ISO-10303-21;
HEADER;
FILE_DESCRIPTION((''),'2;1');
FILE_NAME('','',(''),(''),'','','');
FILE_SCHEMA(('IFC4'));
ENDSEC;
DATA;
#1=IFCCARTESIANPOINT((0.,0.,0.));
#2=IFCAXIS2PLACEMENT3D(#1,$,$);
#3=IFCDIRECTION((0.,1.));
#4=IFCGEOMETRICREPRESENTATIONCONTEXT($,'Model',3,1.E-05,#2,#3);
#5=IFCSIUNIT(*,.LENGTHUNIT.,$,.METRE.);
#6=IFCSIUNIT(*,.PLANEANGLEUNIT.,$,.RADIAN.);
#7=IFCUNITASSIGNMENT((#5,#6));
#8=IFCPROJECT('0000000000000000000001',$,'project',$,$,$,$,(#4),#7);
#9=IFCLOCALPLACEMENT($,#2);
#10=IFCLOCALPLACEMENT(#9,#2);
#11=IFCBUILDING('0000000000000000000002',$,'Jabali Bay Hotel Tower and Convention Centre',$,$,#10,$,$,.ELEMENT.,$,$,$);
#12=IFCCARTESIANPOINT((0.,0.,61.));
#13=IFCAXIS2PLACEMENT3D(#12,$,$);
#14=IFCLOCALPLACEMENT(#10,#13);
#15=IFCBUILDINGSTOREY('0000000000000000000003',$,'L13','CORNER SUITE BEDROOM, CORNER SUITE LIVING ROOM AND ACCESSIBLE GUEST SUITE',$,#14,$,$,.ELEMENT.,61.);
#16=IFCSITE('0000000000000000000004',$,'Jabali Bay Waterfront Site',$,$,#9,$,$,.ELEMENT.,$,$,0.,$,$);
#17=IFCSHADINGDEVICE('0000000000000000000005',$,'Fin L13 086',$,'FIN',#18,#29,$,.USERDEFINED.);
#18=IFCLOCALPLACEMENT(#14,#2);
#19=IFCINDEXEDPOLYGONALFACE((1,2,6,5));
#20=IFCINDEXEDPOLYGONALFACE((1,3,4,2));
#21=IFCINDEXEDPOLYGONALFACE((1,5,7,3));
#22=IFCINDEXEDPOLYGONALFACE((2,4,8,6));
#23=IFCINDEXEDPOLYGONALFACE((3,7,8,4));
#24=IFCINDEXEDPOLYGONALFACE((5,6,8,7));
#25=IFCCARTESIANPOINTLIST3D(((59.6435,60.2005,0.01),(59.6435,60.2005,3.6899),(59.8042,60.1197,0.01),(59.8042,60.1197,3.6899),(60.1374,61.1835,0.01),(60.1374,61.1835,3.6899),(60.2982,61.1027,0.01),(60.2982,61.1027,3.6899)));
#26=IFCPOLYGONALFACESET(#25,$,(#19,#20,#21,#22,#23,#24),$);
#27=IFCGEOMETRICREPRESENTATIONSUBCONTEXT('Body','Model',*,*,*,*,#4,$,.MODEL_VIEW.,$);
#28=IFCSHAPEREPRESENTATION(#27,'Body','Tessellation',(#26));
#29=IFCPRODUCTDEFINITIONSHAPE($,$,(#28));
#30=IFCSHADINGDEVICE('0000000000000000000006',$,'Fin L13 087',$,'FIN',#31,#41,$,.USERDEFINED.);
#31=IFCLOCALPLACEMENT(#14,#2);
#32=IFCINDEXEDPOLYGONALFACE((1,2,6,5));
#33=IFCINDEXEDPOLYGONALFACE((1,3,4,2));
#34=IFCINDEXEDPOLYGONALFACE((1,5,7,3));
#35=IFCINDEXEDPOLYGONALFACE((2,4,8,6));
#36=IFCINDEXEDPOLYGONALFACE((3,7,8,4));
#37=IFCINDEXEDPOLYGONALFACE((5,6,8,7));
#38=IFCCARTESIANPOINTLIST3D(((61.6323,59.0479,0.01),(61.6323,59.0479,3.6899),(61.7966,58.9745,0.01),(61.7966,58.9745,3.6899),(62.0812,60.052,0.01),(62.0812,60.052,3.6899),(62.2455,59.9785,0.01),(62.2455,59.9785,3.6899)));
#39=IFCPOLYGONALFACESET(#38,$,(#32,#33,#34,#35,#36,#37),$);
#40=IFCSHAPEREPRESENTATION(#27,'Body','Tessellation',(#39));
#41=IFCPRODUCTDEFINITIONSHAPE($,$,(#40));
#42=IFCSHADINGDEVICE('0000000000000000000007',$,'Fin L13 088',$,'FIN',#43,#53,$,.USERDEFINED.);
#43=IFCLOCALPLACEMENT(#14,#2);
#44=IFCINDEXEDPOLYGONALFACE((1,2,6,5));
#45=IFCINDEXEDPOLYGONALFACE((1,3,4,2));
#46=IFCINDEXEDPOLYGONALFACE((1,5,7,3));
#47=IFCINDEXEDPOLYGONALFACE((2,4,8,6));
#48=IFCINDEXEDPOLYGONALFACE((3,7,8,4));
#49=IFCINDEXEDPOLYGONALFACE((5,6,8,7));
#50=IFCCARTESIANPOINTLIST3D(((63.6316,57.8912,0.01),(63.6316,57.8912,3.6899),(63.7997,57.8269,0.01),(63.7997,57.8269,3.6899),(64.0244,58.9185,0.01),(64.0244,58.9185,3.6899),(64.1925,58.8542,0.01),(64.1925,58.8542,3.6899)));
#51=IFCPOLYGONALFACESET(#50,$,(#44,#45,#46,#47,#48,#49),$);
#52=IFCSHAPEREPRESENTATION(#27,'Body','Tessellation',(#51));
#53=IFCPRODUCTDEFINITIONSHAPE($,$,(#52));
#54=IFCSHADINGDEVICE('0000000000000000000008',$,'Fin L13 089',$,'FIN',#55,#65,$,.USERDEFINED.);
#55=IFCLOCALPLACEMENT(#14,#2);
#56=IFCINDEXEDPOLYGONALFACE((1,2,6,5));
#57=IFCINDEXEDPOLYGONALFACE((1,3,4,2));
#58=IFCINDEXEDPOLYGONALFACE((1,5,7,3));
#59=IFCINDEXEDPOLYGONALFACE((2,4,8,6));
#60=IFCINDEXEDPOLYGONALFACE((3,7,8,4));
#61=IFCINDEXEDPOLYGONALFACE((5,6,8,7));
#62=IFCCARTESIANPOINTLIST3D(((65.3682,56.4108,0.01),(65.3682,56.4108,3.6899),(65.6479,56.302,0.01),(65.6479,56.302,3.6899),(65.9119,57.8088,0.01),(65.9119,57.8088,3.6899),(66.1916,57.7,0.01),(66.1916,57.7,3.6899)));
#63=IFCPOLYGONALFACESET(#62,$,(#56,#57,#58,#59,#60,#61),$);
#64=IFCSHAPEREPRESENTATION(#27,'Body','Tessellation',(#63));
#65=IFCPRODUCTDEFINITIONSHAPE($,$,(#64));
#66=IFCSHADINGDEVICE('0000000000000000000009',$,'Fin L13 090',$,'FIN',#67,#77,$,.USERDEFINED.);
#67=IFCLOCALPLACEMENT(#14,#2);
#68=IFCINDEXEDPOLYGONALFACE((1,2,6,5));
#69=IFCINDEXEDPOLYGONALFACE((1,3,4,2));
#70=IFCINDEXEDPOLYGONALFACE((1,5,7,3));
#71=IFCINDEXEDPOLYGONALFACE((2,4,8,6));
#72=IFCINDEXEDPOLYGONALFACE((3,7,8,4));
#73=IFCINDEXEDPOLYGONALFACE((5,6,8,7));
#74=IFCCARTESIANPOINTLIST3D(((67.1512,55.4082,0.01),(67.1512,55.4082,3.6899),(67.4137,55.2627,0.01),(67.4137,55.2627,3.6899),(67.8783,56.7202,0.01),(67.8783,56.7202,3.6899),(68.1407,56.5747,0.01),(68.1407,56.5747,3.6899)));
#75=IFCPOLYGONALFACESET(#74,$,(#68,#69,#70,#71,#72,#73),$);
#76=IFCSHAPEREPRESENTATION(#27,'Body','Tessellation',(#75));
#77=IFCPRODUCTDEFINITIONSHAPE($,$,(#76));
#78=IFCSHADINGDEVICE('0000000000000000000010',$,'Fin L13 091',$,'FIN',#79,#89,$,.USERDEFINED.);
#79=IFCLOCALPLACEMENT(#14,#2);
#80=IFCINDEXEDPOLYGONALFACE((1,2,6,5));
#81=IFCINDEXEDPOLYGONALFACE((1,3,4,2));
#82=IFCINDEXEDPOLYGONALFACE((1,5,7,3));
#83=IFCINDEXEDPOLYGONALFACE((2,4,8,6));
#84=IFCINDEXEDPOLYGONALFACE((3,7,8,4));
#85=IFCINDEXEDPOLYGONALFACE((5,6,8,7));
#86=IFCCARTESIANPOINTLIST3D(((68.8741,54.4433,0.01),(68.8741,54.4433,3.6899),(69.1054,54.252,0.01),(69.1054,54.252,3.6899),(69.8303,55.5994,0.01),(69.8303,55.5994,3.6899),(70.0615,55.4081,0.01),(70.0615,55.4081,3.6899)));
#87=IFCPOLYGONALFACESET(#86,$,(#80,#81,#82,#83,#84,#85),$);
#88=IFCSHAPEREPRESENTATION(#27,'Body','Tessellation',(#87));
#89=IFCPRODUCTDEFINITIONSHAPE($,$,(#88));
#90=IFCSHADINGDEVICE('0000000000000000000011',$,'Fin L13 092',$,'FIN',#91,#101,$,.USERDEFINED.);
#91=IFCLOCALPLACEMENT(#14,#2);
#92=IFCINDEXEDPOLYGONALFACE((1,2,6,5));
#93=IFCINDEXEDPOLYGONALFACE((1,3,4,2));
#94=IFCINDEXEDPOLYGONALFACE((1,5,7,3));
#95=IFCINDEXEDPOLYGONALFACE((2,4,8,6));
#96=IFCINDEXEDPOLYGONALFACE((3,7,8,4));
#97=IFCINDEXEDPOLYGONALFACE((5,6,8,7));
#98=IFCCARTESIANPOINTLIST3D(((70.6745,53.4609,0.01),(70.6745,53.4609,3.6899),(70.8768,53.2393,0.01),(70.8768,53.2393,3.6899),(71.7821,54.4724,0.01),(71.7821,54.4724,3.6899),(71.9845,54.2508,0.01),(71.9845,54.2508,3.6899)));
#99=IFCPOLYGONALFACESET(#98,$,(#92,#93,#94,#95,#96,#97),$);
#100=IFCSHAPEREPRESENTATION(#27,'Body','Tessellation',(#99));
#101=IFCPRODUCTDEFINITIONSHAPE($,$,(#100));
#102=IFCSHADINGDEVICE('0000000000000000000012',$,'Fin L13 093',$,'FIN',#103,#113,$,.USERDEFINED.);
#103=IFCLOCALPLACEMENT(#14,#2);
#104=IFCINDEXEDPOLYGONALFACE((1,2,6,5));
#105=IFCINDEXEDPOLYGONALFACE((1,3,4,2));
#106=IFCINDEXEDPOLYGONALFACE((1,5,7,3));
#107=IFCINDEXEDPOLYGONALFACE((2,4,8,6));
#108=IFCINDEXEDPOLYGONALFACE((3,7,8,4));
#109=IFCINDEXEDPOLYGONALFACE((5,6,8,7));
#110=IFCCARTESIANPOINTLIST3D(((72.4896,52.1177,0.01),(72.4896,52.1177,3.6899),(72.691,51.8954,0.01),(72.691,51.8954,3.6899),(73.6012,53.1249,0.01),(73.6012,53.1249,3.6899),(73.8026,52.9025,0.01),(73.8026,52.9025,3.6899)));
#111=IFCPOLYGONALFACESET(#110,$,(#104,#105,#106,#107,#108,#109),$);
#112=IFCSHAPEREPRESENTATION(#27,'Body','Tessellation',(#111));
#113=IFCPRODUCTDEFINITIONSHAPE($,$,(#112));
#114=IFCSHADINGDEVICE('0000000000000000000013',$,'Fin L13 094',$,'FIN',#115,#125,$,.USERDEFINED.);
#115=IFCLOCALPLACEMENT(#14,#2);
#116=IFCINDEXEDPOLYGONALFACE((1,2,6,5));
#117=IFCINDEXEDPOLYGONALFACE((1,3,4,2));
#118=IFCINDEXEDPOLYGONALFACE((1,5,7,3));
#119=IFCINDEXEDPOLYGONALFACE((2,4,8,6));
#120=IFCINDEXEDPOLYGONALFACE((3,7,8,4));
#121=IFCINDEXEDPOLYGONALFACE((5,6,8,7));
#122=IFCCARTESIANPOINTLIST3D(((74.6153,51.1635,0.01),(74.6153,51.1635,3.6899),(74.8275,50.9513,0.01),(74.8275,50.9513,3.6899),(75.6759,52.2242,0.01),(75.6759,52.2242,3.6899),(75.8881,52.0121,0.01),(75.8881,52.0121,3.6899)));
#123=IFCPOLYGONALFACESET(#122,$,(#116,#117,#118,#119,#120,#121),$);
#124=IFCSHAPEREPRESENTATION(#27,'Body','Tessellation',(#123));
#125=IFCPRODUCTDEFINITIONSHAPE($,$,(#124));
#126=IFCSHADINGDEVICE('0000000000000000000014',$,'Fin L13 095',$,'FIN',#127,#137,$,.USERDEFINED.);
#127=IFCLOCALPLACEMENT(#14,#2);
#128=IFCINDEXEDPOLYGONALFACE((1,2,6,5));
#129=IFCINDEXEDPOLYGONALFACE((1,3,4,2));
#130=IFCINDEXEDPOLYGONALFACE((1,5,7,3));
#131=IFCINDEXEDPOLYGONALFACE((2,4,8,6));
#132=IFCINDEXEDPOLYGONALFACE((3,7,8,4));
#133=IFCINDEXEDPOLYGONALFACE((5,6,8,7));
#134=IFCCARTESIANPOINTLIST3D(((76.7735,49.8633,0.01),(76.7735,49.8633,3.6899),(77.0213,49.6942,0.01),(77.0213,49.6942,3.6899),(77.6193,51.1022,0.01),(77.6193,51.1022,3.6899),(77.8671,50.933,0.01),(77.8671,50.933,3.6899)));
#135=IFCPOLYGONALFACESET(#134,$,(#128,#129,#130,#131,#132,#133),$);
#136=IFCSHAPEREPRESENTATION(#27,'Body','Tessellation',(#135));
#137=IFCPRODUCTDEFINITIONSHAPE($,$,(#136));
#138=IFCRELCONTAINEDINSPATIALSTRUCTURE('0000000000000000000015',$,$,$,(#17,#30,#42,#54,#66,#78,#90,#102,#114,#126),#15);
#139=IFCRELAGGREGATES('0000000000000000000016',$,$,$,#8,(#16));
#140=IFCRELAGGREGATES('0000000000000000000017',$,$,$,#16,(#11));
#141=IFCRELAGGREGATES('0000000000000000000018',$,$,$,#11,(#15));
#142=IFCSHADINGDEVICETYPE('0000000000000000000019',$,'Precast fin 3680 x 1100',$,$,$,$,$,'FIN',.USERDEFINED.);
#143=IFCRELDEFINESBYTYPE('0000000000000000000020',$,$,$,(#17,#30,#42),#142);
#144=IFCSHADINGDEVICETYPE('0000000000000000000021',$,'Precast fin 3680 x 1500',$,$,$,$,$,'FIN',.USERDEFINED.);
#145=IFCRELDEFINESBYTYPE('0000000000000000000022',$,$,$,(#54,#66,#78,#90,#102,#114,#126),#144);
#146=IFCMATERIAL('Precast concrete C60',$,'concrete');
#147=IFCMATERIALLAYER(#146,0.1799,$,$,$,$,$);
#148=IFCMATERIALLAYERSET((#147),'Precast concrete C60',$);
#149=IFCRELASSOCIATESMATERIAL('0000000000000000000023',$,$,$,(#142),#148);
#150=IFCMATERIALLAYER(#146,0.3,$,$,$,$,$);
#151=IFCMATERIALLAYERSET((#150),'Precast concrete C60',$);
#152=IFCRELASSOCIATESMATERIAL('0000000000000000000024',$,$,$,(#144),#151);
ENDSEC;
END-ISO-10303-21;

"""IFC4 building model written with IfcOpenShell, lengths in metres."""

from ifc_helpers import new_model, si_unit, direction, frame, frame_2d, origin, place, context, subcontext, project, spatial, rectangle, extrude, material, layer, layer_set, type_object, element, save


model = new_model("IFC4")

# Units and contexts
model_context = context("Model", 3, precision=1e-05, world=origin(), true_north=direction((0.0, 1.0)))
body_context = subcontext(model_context, "Body", "Model", "MODEL_VIEW")
ifc_project = project(units=[si_unit("LENGTHUNIT", "METRE"), si_unit("PLANEANGLEUNIT", "RADIAN")], contexts=[model_context])

# Site, building, storey
site_placement = place(None, origin())
site = spatial("IfcSite", under=ifc_project, at=site_placement, Name="Jabali Bay Waterfront Site", CompositionType="ELEMENT", RefElevation=0.0)
building_placement = place(site_placement, origin())
building = spatial("IfcBuilding", under=site, at=building_placement, Name="Jabali Bay Hotel Tower and Convention Centre", CompositionType="ELEMENT")
storey_placement = place(building_placement, frame((0.0, 0.0, 61.0)))
storey = spatial("IfcBuildingStorey", under=building, at=storey_placement, Name="L13", Description="CORNER SUITE BEDROOM, CORNER SUITE LIVING ROOM AND ACCESSIBLE GUEST SUITE", CompositionType="ELEMENT", Elevation=61.0)

# Shading devices
ifc_material_1 = material(Name="Precast concrete C60", Category="concrete")
ifc_layer_1 = layer(ifc_material_1, 0.1799)
ifc_layer_set_1 = layer_set([ifc_layer_1], Name="Precast concrete C60")
shading_device_type_1 = type_object("IfcShadingDeviceType", Name="Precast fin 3680 x 1100", ElementType="FIN", PredefinedType="USERDEFINED", material=ifc_layer_set_1)
for number, where, z_axis, x_axis, name in (
    (1, (60.2178, 61.1431, 0.01), (0.0, 0.0, 1.0), (-0.448988, -0.893538, 0.0), "Fin L13 086"),
):
    element("IfcShadingDevice", number, at=place(storey_placement, frame(where, z_axis=z_axis, x_axis=x_axis)), inside=storey, type_object=shading_device_type_1, Name=name, ObjectType="FIN", PredefinedType="USERDEFINED", context=body_context, shape_type="SweptSolid", body=[
        extrude(rectangle(XDim=1.1001, YDim=0.1799, at=frame_2d((0.55, 0.0))), origin(), (0.0, 0.0, 1.0), 3.6799),
    ])
for number, where, z_axis, x_axis, name in (
    (2, (62.1633, 60.0151, 0.01), (0.0, 0.0, 1.0), (-0.408176, -0.912903, 0.0), "Fin L13 087"),
    (3, (64.1084, 58.8862, 0.01), (0.0, 0.0, 1.0), (-0.357149, -0.934047, 0.0), "Fin L13 088"),
):
    element("IfcShadingDevice", number, at=place(storey_placement, frame(where, z_axis=z_axis, x_axis=x_axis)), inside=storey, type_object=shading_device_type_1, Name=name, ObjectType="FIN", PredefinedType="USERDEFINED", context=body_context, shape_type="SweptSolid", body=[
        extrude(rectangle(XDim=1.0999, YDim=0.1799, at=frame_2d((0.5498, 0.0))), origin(), (0.0, 0.0, 1.0), 3.6799),
    ])
ifc_layer_2 = layer(ifc_material_1, 0.3)
ifc_layer_set_2 = layer_set([ifc_layer_2], Name="Precast concrete C60")
shading_device_type_2 = type_object("IfcShadingDeviceType", Name="Precast fin 3680 x 1500", ElementType="FIN", PredefinedType="USERDEFINED", material=ifc_layer_set_2)
for number, where, z_axis, x_axis, name in (
    (4, (66.0518, 57.7544, 0.01), (0.0, 0.0, 1.0), (-0.362478, -0.931992, 0.0), "Fin L13 089"),
    (5, (68.0095, 56.6475, 0.01), (0.0, 0.0, 1.0), (-0.484703, -0.874679, 0.0), "Fin L13 090"),
):
    element("IfcShadingDevice", number, at=place(storey_placement, frame(where, z_axis=z_axis, x_axis=x_axis)), inside=storey, type_object=shading_device_type_2, Name=name, ObjectType="FIN", PredefinedType="USERDEFINED", context=body_context, shape_type="SweptSolid", body=[
        extrude(rectangle(XDim=1.5, YDim=0.3, at=frame_2d((0.75, 0.0))), origin(), (0.0, 0.0, 1.0), 3.6799),
    ])
shading_device_placement = place(storey_placement, frame((69.9458, 55.5037, 0.01), z_axis=(0.0, 0.0, 1.0), x_axis=(-0.637315, -0.770604, 0.0)))
element("IfcShadingDevice", 6, at=shading_device_placement, inside=storey, type_object=shading_device_type_2, Name="Fin L13 091", ObjectType="FIN", PredefinedType="USERDEFINED", context=body_context, shape_type="SweptSolid", body=[
    extrude(rectangle(XDim=1.5002, YDim=0.3, at=frame_2d((0.75, 0.0))), origin(), (0.0, 0.0, 1.0), 3.6799),
])
for number, where, z_axis, x_axis, name in (
    (7, (71.8833, 54.3616, 0.01), (0.0, 0.0, 1.0), (-0.738443, -0.674316, 0.0), "Fin L13 092"),
    (8, (73.7019, 53.0137, 0.01), (0.0, 0.0, 1.0), (-0.741081, -0.671416, 0.0), "Fin L13 093"),
    (9, (75.782, 52.1182, 0.01), (0.0, 0.0, 1.0), (-0.707025, -0.707188, 0.0), "Fin L13 094"),
    (10, (77.7432, 51.0176, 0.01), (0.0, 0.0, 1.0), (-0.563832, -0.82589, 0.0), "Fin L13 095"),
):
    element("IfcShadingDevice", number, at=place(storey_placement, frame(where, z_axis=z_axis, x_axis=x_axis)), inside=storey, type_object=shading_device_type_2, Name=name, ObjectType="FIN", PredefinedType="USERDEFINED", context=body_context, shape_type="SweptSolid", body=[
        extrude(rectangle(XDim=1.5, YDim=0.3, at=frame_2d((0.75, 0.0))), origin(), (0.0, 0.0, 1.0), 3.6799),
    ])

save(model, "model.ifc")
